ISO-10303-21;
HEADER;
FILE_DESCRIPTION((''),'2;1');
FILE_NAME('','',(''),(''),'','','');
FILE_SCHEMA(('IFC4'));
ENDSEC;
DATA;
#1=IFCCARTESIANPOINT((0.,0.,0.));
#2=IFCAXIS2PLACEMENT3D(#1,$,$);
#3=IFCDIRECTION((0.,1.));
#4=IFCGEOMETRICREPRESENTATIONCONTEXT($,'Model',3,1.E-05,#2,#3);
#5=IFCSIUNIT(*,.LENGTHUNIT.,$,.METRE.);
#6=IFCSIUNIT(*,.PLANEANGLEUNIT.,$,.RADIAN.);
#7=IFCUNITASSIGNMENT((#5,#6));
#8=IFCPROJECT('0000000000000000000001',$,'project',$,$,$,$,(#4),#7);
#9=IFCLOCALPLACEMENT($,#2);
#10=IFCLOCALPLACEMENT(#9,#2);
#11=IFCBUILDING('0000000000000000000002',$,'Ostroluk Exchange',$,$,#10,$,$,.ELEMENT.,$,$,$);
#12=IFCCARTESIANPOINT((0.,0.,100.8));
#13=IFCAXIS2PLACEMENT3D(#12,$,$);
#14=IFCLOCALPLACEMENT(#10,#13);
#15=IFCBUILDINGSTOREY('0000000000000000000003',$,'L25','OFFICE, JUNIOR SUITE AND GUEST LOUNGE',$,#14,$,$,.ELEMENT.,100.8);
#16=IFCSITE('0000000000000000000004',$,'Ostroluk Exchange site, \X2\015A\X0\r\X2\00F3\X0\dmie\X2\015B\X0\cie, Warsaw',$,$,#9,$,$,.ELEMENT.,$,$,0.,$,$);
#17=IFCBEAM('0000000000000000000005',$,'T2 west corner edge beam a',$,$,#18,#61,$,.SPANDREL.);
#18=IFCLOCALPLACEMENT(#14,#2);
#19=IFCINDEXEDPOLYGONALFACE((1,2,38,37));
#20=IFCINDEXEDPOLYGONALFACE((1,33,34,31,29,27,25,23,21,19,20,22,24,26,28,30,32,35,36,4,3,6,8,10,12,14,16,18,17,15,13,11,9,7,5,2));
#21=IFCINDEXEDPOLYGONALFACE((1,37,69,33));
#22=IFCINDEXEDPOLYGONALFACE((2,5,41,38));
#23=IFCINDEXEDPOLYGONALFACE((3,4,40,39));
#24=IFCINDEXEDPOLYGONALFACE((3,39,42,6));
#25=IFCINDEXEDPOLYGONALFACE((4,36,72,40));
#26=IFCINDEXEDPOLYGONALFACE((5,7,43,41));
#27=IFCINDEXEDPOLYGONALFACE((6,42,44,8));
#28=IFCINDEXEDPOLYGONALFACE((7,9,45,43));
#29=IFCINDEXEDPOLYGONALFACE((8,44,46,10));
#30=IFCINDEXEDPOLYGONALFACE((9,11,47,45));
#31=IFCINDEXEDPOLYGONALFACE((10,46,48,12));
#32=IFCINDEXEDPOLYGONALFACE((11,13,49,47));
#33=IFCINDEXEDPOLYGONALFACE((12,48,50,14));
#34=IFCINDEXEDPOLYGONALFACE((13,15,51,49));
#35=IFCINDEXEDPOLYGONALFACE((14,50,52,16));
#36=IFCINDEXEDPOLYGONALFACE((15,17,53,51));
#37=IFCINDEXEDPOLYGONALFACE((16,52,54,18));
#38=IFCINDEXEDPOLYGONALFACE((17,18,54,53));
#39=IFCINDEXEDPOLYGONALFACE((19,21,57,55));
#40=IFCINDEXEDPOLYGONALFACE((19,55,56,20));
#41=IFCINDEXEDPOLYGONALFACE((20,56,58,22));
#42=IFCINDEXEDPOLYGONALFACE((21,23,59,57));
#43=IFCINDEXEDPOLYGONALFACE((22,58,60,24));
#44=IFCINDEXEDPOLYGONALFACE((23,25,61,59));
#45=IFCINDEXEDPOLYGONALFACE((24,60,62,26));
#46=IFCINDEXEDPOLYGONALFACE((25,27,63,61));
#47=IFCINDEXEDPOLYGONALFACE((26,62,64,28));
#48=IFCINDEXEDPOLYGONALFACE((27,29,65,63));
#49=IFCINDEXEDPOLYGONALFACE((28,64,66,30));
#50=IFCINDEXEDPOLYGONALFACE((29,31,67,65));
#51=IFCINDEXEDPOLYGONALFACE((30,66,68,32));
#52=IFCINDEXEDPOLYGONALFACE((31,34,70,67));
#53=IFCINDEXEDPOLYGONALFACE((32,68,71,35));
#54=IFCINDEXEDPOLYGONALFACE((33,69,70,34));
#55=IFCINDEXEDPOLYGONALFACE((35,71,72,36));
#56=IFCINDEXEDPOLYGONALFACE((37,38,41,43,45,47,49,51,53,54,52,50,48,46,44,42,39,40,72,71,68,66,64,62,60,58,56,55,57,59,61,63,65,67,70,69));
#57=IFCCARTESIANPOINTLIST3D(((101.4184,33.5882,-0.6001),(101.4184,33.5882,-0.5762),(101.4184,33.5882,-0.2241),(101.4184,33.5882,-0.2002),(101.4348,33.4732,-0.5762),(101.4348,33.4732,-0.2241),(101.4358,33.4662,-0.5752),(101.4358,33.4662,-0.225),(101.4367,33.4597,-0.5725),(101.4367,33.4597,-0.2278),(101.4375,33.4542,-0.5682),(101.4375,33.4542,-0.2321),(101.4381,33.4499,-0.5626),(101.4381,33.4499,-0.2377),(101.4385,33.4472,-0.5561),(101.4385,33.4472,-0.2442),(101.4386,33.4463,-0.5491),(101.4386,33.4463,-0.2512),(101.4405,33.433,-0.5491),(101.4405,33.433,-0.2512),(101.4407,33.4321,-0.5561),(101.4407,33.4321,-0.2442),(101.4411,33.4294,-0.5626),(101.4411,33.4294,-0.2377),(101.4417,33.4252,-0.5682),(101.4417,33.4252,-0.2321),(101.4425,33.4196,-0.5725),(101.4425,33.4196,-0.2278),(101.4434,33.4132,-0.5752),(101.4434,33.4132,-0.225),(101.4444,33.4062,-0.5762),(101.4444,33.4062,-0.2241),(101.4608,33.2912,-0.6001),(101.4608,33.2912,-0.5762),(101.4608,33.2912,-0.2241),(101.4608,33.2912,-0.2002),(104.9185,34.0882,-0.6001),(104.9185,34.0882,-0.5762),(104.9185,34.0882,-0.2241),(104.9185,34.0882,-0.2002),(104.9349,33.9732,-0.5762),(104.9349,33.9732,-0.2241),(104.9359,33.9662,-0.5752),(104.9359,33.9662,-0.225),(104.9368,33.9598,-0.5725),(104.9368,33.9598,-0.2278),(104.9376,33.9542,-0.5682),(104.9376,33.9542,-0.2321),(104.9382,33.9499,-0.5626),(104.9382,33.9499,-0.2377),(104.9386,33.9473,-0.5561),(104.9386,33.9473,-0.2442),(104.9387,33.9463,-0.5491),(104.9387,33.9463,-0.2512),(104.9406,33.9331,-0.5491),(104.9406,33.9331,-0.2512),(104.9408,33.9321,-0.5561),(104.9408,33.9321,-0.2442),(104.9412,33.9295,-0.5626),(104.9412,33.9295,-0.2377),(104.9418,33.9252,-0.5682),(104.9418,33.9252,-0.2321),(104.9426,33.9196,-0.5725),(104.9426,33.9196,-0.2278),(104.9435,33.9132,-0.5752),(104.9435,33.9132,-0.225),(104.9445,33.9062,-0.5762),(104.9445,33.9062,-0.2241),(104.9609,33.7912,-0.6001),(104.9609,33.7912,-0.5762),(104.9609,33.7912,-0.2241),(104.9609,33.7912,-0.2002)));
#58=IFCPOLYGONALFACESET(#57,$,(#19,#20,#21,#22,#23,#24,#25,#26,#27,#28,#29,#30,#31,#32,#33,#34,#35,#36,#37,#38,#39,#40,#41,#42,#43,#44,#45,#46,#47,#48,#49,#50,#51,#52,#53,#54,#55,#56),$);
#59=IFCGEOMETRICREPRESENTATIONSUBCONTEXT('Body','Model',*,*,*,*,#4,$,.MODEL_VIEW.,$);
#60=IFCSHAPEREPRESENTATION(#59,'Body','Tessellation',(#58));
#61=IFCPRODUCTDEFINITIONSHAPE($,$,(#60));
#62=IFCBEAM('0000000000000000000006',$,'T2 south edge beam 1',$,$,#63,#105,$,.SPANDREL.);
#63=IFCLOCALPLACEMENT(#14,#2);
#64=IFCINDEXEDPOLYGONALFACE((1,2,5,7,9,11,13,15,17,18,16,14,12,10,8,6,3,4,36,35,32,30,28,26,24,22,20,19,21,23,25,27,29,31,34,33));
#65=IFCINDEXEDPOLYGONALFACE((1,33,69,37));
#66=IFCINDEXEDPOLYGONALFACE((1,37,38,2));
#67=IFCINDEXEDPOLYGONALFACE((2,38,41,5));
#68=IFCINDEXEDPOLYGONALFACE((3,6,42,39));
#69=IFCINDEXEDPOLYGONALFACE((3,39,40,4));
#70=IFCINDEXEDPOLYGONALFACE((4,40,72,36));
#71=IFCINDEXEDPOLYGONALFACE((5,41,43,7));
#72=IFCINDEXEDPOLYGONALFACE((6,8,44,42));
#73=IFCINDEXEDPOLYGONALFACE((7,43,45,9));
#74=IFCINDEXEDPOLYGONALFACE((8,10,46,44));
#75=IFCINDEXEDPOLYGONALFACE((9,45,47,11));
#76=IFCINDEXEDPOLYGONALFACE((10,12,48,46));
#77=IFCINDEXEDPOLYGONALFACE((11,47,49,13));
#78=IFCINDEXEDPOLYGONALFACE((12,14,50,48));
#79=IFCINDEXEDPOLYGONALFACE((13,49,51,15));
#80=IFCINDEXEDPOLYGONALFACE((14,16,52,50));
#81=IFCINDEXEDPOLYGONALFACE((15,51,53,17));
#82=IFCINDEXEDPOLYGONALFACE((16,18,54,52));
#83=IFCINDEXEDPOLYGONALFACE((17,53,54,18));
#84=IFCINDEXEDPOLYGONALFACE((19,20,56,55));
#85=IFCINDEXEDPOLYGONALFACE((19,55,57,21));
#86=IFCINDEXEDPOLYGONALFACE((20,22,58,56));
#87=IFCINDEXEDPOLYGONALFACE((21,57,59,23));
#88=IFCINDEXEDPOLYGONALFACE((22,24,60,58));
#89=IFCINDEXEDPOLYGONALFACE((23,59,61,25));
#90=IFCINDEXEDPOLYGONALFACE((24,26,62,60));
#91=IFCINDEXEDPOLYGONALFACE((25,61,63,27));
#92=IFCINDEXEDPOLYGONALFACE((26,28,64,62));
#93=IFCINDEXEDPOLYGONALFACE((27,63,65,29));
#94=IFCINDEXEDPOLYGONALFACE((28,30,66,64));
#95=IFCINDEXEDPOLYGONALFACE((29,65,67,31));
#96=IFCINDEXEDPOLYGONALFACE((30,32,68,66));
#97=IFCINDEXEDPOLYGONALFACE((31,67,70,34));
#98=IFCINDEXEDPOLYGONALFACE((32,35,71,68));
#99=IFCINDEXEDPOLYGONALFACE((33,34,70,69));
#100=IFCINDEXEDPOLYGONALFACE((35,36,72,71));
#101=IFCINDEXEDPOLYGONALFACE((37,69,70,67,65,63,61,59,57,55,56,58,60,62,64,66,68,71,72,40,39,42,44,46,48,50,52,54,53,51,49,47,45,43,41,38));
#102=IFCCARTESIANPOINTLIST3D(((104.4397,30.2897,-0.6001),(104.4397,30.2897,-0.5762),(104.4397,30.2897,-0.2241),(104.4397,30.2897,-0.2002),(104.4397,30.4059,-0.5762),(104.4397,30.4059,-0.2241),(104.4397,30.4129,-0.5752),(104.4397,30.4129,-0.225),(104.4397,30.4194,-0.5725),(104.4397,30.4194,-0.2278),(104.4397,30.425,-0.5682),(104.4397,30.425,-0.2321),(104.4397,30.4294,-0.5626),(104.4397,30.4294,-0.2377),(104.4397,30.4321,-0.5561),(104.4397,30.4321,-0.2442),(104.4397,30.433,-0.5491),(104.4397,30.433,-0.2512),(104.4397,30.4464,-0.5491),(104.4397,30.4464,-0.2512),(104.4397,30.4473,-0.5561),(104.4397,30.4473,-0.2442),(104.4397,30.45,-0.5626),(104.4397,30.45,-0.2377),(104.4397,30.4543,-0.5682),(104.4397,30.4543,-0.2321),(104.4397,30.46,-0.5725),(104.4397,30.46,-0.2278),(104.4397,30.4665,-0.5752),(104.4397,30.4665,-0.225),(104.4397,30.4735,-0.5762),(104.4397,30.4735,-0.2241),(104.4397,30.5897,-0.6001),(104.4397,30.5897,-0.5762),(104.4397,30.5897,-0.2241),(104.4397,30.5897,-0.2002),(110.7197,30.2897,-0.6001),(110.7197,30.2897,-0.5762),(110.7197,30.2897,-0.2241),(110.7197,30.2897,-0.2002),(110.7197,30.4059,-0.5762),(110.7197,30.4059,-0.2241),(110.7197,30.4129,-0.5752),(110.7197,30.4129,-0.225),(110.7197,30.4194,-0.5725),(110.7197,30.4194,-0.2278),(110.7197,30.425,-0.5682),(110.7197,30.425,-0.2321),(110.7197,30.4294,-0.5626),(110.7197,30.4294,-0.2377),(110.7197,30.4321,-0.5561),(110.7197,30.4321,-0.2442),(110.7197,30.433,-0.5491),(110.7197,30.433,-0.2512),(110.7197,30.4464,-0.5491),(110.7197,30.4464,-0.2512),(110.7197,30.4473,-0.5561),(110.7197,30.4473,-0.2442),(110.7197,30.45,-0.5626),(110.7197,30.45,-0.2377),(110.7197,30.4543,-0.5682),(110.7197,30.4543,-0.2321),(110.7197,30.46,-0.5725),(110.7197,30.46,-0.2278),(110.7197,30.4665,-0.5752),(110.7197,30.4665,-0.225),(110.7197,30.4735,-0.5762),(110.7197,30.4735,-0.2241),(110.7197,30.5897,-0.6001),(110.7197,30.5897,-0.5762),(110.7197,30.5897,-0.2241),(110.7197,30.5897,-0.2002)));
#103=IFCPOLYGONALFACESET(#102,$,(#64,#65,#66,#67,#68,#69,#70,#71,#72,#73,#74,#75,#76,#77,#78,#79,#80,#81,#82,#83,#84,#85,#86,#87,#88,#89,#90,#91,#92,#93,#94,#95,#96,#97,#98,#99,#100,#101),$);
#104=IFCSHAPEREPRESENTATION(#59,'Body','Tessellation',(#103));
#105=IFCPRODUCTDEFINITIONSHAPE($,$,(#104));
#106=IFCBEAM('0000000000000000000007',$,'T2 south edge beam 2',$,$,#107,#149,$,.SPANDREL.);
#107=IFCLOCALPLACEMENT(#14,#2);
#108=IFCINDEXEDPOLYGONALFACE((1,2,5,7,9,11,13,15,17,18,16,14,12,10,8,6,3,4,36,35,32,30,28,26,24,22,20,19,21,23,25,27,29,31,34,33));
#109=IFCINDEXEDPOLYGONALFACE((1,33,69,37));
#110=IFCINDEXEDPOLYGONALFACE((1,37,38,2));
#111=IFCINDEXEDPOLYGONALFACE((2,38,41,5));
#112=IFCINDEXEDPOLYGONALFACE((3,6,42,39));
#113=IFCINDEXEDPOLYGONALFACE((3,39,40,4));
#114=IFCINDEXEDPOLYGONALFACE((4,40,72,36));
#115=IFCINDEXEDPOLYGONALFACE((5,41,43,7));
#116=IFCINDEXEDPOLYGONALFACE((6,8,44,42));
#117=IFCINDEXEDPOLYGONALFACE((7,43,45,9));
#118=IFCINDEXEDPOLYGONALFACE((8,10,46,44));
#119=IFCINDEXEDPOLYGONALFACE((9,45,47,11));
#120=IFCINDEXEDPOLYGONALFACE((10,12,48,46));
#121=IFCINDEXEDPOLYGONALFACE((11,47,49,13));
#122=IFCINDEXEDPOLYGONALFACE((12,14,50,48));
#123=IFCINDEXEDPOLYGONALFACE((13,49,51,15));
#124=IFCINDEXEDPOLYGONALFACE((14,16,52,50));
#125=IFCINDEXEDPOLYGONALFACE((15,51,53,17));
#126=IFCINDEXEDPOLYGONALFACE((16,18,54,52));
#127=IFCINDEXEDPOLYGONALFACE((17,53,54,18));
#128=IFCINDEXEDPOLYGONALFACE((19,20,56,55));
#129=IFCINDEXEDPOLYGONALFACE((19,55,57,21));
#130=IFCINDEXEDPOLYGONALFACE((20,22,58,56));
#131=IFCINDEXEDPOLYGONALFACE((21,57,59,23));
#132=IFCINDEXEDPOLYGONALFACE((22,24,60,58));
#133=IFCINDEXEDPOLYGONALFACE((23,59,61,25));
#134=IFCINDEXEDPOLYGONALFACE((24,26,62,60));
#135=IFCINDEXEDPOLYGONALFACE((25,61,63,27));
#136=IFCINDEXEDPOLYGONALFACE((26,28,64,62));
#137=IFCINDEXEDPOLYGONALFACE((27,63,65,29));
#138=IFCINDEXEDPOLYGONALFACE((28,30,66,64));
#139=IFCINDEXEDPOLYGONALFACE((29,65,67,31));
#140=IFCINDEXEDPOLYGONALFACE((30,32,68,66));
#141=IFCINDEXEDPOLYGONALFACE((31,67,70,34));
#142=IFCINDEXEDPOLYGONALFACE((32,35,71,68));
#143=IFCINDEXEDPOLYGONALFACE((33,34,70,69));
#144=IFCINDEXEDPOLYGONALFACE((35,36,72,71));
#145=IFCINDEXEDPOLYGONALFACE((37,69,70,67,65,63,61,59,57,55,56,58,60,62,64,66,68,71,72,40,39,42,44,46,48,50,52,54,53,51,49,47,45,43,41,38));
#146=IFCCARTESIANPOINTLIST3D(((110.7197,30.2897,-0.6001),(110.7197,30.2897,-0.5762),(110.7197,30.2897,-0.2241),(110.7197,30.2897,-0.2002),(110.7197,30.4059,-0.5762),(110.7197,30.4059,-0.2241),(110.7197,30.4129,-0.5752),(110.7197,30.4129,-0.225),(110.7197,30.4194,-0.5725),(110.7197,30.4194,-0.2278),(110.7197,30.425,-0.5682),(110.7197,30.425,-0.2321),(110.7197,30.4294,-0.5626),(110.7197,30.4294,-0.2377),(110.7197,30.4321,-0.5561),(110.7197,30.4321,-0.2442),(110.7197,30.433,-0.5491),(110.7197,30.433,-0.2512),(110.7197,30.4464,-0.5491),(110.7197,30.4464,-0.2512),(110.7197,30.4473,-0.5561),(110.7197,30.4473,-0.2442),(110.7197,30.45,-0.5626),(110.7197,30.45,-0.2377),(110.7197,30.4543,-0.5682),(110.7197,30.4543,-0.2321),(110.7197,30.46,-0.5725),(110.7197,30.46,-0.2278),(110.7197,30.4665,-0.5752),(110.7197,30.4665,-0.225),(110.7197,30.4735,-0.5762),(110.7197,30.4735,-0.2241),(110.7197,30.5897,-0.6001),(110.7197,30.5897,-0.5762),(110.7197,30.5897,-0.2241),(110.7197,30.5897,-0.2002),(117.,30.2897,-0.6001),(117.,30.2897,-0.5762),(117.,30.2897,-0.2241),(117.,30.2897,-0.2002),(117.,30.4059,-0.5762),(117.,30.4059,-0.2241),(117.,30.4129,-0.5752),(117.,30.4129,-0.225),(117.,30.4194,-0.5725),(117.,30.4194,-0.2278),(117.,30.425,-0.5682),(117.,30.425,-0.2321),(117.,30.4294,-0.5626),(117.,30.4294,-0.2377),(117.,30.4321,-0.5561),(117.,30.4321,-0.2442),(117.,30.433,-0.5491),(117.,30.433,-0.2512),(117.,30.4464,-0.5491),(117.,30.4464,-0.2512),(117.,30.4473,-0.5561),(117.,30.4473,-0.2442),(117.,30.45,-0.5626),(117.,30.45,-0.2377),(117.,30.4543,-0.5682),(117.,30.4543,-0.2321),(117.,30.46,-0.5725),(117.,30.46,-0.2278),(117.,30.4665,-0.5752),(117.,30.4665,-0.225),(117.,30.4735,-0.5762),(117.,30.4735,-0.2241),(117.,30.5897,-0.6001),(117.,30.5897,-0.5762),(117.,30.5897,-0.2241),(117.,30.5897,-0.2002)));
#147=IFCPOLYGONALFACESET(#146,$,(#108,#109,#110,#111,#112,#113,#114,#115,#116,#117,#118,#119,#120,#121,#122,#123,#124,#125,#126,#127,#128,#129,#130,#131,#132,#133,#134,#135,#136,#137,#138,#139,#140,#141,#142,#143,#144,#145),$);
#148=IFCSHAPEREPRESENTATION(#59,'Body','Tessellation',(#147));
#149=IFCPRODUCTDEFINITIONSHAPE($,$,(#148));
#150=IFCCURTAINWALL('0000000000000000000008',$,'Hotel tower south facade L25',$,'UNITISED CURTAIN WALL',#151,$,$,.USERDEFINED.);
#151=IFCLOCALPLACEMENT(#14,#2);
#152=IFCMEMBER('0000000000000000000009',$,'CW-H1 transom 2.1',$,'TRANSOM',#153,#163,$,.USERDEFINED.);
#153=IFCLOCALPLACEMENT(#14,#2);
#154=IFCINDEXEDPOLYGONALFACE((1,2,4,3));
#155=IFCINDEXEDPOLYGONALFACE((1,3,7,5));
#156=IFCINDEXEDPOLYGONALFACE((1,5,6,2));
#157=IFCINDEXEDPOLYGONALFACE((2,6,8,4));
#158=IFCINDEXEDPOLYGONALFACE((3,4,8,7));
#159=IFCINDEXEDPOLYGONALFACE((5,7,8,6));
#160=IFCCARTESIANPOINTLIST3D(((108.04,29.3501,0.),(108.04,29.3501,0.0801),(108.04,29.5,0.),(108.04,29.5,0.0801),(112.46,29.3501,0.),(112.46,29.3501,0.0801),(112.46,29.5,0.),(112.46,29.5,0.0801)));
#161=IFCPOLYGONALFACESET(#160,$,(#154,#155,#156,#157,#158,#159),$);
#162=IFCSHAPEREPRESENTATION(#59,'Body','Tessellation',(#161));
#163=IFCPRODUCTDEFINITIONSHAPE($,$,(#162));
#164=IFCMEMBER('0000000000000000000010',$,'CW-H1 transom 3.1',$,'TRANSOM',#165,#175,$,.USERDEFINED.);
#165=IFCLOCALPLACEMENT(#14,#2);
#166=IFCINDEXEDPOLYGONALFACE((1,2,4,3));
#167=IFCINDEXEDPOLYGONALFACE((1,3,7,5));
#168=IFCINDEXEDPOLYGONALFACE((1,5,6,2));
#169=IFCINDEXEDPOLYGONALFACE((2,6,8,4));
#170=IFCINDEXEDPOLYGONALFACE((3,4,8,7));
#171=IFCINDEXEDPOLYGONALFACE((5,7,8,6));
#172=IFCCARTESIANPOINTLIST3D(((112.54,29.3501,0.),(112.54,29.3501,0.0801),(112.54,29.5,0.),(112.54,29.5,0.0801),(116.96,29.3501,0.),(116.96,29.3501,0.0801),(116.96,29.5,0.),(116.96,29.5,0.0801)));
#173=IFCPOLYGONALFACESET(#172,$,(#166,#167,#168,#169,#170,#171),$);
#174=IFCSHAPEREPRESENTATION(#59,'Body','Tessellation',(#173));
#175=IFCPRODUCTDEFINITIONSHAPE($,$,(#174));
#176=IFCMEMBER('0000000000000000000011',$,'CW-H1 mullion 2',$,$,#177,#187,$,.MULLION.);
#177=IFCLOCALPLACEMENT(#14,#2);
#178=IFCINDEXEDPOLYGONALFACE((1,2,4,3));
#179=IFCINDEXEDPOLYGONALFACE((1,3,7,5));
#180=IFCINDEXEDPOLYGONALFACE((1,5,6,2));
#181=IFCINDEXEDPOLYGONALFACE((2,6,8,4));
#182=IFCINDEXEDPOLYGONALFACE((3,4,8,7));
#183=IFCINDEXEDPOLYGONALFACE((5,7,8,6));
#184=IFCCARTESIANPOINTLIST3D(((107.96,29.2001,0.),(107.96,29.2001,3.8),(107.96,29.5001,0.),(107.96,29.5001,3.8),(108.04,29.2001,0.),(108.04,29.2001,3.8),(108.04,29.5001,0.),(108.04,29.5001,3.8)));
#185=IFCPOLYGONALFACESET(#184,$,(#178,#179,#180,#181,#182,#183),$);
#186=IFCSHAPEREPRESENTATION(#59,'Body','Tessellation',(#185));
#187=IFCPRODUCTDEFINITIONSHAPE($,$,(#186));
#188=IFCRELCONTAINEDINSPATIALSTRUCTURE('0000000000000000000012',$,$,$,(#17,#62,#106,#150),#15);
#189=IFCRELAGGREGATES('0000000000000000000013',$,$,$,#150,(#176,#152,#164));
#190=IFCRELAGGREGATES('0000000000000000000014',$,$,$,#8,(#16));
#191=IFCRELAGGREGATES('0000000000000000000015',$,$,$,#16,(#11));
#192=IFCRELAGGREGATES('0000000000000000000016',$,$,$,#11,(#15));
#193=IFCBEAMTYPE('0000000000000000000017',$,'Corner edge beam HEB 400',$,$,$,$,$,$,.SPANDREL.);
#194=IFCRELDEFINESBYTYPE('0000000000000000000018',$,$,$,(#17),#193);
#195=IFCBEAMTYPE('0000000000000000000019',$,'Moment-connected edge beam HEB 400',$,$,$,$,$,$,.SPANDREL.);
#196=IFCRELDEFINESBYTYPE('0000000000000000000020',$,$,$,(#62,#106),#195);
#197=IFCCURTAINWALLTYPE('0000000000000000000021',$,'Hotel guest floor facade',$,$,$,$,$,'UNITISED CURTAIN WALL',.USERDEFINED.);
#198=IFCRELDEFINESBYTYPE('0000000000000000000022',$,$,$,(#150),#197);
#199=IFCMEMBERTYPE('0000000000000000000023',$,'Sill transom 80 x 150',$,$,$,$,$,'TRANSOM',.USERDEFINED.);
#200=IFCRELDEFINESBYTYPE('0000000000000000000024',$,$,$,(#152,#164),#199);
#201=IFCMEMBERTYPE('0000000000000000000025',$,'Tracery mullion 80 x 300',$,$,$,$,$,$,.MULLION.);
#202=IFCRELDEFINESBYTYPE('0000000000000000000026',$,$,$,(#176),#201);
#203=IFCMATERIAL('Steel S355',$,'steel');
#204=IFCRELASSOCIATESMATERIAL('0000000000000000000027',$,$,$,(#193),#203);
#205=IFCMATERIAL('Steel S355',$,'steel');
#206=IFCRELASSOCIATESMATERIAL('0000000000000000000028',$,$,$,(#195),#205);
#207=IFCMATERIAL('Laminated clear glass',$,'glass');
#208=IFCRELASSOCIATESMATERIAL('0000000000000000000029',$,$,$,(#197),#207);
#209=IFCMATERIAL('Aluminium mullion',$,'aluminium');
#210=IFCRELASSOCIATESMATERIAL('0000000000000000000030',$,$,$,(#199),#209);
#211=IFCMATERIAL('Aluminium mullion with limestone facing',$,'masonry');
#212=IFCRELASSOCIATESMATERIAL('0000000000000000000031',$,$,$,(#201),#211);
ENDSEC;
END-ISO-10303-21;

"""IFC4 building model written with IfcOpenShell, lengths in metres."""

from ifc_helpers import new_model, si_unit, direction, frame, origin, origin_2d, place, context, subcontext, project, spatial, rectangle, i_section, extrude, material, material_profile, profile_set, type_object, element, aggregate, save


model = new_model("IFC4")

# Units and contexts
model_context = context("Model", 3, precision=1e-05, world=origin(), true_north=direction((0.0, 1.0)))
body_context = subcontext(model_context, "Body", "Model", "MODEL_VIEW")
ifc_project = project(units=[si_unit("LENGTHUNIT", "METRE"), si_unit("PLANEANGLEUNIT", "RADIAN")], contexts=[model_context])

# Site, building, storey
site_placement = place(None, origin())
site = spatial("IfcSite", under=ifc_project, at=site_placement, Name="Ostroluk Exchange site, Śródmieście, Warsaw", CompositionType="ELEMENT", RefElevation=0.0)
building_placement = place(site_placement, origin())
building = spatial("IfcBuilding", under=site, at=building_placement, Name="Ostroluk Exchange", CompositionType="ELEMENT")
storey_placement = place(building_placement, frame((0.0, 0.0, 100.8)))
storey = spatial("IfcBuildingStorey", under=building, at=storey_placement, Name="L25", Description="OFFICE, JUNIOR SUITE AND GUEST LOUNGE", CompositionType="ELEMENT", Elevation=100.8)

# Beams
ifc_material_1 = material(Name="Steel S355", Category="steel")
ifc_material_profile_1 = material_profile(ifc_material_1, i_section(OverallWidth=0.3, OverallDepth=0.3999, WebThickness=0.0134, FlangeThickness=0.0239, FilletRadius=0.0271, at=origin_2d()), Name="HEB 400")
ifc_profile_set_1 = profile_set([ifc_material_profile_1], Name="Steel S355")
beam_type_1 = type_object("IfcBeamType", Name="Corner edge beam HEB 400", PredefinedType="SPANDREL", material=ifc_profile_set_1)
beam_1_placement = place(storey_placement, frame((104.9397, 33.9397, -0.4001), z_axis=(-0.989949, -0.141421, 0.0), x_axis=(0.141421, -0.989949, 0.0)))
element("IfcBeam", 1, at=beam_1_placement, inside=storey, type_object=beam_type_1, Name="T2 west corner edge beam a", PredefinedType="SPANDREL", context=body_context, shape_type="SweptSolid", body=[
    extrude(i_section(OverallWidth=0.3, OverallDepth=0.3999, WebThickness=0.0134, FlangeThickness=0.0239, FilletRadius=0.0271, at=origin_2d()), origin(), (0.0, 0.0, 1.0), 3.5356),
])
ifc_material_2 = material(Name="Steel S355", Category="steel")
ifc_material_profile_2 = material_profile(ifc_material_2, i_section(OverallWidth=0.3, OverallDepth=0.3999, WebThickness=0.0134, FlangeThickness=0.0239, FilletRadius=0.0271, at=origin_2d()), Name="HEB 400")
ifc_profile_set_2 = profile_set([ifc_material_profile_2], Name="Steel S355")
beam_type_2 = type_object("IfcBeamType", Name="Moment-connected edge beam HEB 400", PredefinedType="SPANDREL", material=ifc_profile_set_2)
beam_2_placement = place(storey_placement, frame((104.4397, 30.4397, -0.4001), z_axis=(1.0, 0.0, 0.0), x_axis=(0.0, 1.0, 0.0)))
element("IfcBeam", 2, at=beam_2_placement, inside=storey, type_object=beam_type_2, Name="T2 south edge beam 1", PredefinedType="SPANDREL", context=body_context, shape_type="SweptSolid", body=[
    extrude(i_section(OverallWidth=0.3, OverallDepth=0.3999, WebThickness=0.0134, FlangeThickness=0.0239, FilletRadius=0.0271, at=origin_2d()), origin(), (0.0, 0.0, 1.0), 6.28),
])
beam_3_placement = place(storey_placement, frame((110.7197, 30.4397, -0.4001), z_axis=(1.0, 0.0, 0.0), x_axis=(0.0, 1.0, 0.0)))
element("IfcBeam", 3, at=beam_3_placement, inside=storey, type_object=beam_type_2, Name="T2 south edge beam 2", PredefinedType="SPANDREL", context=body_context, shape_type="SweptSolid", body=[
    extrude(i_section(OverallWidth=0.3, OverallDepth=0.3999, WebThickness=0.0134, FlangeThickness=0.0239, FilletRadius=0.0271, at=origin_2d()), origin(), (0.0, 0.0, 1.0), 6.2803),
])

# Curtain wall, members
ifc_material_3 = material(Name="Laminated clear glass", Category="glass")
curtain_wall_type = type_object("IfcCurtainWallType", Name="Hotel guest floor facade", ElementType="UNITISED CURTAIN WALL", PredefinedType="USERDEFINED", material=ifc_material_3)
curtain_wall_placement = place(storey_placement, origin())
curtain_wall = element("IfcCurtainWall", 4, at=curtain_wall_placement, inside=storey, type_object=curtain_wall_type, Name="Hotel tower south facade L25", ObjectType="UNITISED CURTAIN WALL", PredefinedType="USERDEFINED")
ifc_material_4 = material(Name="Aluminium mullion", Category="aluminium")
ifc_material_profile_3 = material_profile(ifc_material_4, rectangle(XDim=0.1499, YDim=0.0801, at=origin_2d()), Name="Sill transom 80 x 150")
ifc_profile_set_3 = profile_set([ifc_material_profile_3], Name="Aluminium mullion")
member_type_1 = type_object("IfcMemberType", Name="Sill transom 80 x 150", ElementType="TRANSOM", PredefinedType="USERDEFINED", material=ifc_profile_set_3)
member_1_placement = place(storey_placement, frame((108.04, 29.425, 0.04), z_axis=(1.0, 0.0, 0.0), x_axis=(0.0, 1.0, 0.0)))
member_1 = element("IfcMember", 5, at=member_1_placement, type_object=member_type_1, Name="CW-H1 transom 2.1", ObjectType="TRANSOM", PredefinedType="USERDEFINED", context=body_context, shape_type="SweptSolid", body=[
    extrude(rectangle(XDim=0.1499, YDim=0.0801, at=origin_2d()), origin(), (0.0, 0.0, 1.0), 4.4199),
])
member_2_placement = place(storey_placement, frame((112.54, 29.425, 0.04), z_axis=(1.0, 0.0, 0.0), x_axis=(0.0, 1.0, 0.0)))
member_2 = element("IfcMember", 6, at=member_2_placement, type_object=member_type_1, Name="CW-H1 transom 3.1", ObjectType="TRANSOM", PredefinedType="USERDEFINED", context=body_context, shape_type="SweptSolid", body=[
    extrude(rectangle(XDim=0.1499, YDim=0.0801, at=origin_2d()), origin(), (0.0, 0.0, 1.0), 4.4199),
])
ifc_material_5 = material(Name="Aluminium mullion with limestone facing", Category="masonry")
ifc_material_profile_4 = material_profile(ifc_material_5, rectangle(XDim=0.3, YDim=0.0801, at=origin_2d()), Name="Tracery mullion 80 x 300")
ifc_profile_set_4 = profile_set([ifc_material_profile_4], Name="Aluminium mullion with limestone facing")
member_type_2 = type_object("IfcMemberType", Name="Tracery mullion 80 x 300", PredefinedType="MULLION", material=ifc_profile_set_4)
member_3_placement = place(storey_placement, frame((108.0, 29.3501, 0.0), z_axis=(0.0, 0.0, 1.0), x_axis=(0.0, 1.0, 0.0)))
member_3 = element("IfcMember", 7, at=member_3_placement, type_object=member_type_2, Name="CW-H1 mullion 2", PredefinedType="MULLION", context=body_context, shape_type="SweptSolid", body=[
    extrude(rectangle(XDim=0.3, YDim=0.0801, at=origin_2d()), origin(), (0.0, 0.0, 1.0), 3.8),
])
aggregate(curtain_wall, [member_3, member_1, member_2])

save(model, "model.ifc")
